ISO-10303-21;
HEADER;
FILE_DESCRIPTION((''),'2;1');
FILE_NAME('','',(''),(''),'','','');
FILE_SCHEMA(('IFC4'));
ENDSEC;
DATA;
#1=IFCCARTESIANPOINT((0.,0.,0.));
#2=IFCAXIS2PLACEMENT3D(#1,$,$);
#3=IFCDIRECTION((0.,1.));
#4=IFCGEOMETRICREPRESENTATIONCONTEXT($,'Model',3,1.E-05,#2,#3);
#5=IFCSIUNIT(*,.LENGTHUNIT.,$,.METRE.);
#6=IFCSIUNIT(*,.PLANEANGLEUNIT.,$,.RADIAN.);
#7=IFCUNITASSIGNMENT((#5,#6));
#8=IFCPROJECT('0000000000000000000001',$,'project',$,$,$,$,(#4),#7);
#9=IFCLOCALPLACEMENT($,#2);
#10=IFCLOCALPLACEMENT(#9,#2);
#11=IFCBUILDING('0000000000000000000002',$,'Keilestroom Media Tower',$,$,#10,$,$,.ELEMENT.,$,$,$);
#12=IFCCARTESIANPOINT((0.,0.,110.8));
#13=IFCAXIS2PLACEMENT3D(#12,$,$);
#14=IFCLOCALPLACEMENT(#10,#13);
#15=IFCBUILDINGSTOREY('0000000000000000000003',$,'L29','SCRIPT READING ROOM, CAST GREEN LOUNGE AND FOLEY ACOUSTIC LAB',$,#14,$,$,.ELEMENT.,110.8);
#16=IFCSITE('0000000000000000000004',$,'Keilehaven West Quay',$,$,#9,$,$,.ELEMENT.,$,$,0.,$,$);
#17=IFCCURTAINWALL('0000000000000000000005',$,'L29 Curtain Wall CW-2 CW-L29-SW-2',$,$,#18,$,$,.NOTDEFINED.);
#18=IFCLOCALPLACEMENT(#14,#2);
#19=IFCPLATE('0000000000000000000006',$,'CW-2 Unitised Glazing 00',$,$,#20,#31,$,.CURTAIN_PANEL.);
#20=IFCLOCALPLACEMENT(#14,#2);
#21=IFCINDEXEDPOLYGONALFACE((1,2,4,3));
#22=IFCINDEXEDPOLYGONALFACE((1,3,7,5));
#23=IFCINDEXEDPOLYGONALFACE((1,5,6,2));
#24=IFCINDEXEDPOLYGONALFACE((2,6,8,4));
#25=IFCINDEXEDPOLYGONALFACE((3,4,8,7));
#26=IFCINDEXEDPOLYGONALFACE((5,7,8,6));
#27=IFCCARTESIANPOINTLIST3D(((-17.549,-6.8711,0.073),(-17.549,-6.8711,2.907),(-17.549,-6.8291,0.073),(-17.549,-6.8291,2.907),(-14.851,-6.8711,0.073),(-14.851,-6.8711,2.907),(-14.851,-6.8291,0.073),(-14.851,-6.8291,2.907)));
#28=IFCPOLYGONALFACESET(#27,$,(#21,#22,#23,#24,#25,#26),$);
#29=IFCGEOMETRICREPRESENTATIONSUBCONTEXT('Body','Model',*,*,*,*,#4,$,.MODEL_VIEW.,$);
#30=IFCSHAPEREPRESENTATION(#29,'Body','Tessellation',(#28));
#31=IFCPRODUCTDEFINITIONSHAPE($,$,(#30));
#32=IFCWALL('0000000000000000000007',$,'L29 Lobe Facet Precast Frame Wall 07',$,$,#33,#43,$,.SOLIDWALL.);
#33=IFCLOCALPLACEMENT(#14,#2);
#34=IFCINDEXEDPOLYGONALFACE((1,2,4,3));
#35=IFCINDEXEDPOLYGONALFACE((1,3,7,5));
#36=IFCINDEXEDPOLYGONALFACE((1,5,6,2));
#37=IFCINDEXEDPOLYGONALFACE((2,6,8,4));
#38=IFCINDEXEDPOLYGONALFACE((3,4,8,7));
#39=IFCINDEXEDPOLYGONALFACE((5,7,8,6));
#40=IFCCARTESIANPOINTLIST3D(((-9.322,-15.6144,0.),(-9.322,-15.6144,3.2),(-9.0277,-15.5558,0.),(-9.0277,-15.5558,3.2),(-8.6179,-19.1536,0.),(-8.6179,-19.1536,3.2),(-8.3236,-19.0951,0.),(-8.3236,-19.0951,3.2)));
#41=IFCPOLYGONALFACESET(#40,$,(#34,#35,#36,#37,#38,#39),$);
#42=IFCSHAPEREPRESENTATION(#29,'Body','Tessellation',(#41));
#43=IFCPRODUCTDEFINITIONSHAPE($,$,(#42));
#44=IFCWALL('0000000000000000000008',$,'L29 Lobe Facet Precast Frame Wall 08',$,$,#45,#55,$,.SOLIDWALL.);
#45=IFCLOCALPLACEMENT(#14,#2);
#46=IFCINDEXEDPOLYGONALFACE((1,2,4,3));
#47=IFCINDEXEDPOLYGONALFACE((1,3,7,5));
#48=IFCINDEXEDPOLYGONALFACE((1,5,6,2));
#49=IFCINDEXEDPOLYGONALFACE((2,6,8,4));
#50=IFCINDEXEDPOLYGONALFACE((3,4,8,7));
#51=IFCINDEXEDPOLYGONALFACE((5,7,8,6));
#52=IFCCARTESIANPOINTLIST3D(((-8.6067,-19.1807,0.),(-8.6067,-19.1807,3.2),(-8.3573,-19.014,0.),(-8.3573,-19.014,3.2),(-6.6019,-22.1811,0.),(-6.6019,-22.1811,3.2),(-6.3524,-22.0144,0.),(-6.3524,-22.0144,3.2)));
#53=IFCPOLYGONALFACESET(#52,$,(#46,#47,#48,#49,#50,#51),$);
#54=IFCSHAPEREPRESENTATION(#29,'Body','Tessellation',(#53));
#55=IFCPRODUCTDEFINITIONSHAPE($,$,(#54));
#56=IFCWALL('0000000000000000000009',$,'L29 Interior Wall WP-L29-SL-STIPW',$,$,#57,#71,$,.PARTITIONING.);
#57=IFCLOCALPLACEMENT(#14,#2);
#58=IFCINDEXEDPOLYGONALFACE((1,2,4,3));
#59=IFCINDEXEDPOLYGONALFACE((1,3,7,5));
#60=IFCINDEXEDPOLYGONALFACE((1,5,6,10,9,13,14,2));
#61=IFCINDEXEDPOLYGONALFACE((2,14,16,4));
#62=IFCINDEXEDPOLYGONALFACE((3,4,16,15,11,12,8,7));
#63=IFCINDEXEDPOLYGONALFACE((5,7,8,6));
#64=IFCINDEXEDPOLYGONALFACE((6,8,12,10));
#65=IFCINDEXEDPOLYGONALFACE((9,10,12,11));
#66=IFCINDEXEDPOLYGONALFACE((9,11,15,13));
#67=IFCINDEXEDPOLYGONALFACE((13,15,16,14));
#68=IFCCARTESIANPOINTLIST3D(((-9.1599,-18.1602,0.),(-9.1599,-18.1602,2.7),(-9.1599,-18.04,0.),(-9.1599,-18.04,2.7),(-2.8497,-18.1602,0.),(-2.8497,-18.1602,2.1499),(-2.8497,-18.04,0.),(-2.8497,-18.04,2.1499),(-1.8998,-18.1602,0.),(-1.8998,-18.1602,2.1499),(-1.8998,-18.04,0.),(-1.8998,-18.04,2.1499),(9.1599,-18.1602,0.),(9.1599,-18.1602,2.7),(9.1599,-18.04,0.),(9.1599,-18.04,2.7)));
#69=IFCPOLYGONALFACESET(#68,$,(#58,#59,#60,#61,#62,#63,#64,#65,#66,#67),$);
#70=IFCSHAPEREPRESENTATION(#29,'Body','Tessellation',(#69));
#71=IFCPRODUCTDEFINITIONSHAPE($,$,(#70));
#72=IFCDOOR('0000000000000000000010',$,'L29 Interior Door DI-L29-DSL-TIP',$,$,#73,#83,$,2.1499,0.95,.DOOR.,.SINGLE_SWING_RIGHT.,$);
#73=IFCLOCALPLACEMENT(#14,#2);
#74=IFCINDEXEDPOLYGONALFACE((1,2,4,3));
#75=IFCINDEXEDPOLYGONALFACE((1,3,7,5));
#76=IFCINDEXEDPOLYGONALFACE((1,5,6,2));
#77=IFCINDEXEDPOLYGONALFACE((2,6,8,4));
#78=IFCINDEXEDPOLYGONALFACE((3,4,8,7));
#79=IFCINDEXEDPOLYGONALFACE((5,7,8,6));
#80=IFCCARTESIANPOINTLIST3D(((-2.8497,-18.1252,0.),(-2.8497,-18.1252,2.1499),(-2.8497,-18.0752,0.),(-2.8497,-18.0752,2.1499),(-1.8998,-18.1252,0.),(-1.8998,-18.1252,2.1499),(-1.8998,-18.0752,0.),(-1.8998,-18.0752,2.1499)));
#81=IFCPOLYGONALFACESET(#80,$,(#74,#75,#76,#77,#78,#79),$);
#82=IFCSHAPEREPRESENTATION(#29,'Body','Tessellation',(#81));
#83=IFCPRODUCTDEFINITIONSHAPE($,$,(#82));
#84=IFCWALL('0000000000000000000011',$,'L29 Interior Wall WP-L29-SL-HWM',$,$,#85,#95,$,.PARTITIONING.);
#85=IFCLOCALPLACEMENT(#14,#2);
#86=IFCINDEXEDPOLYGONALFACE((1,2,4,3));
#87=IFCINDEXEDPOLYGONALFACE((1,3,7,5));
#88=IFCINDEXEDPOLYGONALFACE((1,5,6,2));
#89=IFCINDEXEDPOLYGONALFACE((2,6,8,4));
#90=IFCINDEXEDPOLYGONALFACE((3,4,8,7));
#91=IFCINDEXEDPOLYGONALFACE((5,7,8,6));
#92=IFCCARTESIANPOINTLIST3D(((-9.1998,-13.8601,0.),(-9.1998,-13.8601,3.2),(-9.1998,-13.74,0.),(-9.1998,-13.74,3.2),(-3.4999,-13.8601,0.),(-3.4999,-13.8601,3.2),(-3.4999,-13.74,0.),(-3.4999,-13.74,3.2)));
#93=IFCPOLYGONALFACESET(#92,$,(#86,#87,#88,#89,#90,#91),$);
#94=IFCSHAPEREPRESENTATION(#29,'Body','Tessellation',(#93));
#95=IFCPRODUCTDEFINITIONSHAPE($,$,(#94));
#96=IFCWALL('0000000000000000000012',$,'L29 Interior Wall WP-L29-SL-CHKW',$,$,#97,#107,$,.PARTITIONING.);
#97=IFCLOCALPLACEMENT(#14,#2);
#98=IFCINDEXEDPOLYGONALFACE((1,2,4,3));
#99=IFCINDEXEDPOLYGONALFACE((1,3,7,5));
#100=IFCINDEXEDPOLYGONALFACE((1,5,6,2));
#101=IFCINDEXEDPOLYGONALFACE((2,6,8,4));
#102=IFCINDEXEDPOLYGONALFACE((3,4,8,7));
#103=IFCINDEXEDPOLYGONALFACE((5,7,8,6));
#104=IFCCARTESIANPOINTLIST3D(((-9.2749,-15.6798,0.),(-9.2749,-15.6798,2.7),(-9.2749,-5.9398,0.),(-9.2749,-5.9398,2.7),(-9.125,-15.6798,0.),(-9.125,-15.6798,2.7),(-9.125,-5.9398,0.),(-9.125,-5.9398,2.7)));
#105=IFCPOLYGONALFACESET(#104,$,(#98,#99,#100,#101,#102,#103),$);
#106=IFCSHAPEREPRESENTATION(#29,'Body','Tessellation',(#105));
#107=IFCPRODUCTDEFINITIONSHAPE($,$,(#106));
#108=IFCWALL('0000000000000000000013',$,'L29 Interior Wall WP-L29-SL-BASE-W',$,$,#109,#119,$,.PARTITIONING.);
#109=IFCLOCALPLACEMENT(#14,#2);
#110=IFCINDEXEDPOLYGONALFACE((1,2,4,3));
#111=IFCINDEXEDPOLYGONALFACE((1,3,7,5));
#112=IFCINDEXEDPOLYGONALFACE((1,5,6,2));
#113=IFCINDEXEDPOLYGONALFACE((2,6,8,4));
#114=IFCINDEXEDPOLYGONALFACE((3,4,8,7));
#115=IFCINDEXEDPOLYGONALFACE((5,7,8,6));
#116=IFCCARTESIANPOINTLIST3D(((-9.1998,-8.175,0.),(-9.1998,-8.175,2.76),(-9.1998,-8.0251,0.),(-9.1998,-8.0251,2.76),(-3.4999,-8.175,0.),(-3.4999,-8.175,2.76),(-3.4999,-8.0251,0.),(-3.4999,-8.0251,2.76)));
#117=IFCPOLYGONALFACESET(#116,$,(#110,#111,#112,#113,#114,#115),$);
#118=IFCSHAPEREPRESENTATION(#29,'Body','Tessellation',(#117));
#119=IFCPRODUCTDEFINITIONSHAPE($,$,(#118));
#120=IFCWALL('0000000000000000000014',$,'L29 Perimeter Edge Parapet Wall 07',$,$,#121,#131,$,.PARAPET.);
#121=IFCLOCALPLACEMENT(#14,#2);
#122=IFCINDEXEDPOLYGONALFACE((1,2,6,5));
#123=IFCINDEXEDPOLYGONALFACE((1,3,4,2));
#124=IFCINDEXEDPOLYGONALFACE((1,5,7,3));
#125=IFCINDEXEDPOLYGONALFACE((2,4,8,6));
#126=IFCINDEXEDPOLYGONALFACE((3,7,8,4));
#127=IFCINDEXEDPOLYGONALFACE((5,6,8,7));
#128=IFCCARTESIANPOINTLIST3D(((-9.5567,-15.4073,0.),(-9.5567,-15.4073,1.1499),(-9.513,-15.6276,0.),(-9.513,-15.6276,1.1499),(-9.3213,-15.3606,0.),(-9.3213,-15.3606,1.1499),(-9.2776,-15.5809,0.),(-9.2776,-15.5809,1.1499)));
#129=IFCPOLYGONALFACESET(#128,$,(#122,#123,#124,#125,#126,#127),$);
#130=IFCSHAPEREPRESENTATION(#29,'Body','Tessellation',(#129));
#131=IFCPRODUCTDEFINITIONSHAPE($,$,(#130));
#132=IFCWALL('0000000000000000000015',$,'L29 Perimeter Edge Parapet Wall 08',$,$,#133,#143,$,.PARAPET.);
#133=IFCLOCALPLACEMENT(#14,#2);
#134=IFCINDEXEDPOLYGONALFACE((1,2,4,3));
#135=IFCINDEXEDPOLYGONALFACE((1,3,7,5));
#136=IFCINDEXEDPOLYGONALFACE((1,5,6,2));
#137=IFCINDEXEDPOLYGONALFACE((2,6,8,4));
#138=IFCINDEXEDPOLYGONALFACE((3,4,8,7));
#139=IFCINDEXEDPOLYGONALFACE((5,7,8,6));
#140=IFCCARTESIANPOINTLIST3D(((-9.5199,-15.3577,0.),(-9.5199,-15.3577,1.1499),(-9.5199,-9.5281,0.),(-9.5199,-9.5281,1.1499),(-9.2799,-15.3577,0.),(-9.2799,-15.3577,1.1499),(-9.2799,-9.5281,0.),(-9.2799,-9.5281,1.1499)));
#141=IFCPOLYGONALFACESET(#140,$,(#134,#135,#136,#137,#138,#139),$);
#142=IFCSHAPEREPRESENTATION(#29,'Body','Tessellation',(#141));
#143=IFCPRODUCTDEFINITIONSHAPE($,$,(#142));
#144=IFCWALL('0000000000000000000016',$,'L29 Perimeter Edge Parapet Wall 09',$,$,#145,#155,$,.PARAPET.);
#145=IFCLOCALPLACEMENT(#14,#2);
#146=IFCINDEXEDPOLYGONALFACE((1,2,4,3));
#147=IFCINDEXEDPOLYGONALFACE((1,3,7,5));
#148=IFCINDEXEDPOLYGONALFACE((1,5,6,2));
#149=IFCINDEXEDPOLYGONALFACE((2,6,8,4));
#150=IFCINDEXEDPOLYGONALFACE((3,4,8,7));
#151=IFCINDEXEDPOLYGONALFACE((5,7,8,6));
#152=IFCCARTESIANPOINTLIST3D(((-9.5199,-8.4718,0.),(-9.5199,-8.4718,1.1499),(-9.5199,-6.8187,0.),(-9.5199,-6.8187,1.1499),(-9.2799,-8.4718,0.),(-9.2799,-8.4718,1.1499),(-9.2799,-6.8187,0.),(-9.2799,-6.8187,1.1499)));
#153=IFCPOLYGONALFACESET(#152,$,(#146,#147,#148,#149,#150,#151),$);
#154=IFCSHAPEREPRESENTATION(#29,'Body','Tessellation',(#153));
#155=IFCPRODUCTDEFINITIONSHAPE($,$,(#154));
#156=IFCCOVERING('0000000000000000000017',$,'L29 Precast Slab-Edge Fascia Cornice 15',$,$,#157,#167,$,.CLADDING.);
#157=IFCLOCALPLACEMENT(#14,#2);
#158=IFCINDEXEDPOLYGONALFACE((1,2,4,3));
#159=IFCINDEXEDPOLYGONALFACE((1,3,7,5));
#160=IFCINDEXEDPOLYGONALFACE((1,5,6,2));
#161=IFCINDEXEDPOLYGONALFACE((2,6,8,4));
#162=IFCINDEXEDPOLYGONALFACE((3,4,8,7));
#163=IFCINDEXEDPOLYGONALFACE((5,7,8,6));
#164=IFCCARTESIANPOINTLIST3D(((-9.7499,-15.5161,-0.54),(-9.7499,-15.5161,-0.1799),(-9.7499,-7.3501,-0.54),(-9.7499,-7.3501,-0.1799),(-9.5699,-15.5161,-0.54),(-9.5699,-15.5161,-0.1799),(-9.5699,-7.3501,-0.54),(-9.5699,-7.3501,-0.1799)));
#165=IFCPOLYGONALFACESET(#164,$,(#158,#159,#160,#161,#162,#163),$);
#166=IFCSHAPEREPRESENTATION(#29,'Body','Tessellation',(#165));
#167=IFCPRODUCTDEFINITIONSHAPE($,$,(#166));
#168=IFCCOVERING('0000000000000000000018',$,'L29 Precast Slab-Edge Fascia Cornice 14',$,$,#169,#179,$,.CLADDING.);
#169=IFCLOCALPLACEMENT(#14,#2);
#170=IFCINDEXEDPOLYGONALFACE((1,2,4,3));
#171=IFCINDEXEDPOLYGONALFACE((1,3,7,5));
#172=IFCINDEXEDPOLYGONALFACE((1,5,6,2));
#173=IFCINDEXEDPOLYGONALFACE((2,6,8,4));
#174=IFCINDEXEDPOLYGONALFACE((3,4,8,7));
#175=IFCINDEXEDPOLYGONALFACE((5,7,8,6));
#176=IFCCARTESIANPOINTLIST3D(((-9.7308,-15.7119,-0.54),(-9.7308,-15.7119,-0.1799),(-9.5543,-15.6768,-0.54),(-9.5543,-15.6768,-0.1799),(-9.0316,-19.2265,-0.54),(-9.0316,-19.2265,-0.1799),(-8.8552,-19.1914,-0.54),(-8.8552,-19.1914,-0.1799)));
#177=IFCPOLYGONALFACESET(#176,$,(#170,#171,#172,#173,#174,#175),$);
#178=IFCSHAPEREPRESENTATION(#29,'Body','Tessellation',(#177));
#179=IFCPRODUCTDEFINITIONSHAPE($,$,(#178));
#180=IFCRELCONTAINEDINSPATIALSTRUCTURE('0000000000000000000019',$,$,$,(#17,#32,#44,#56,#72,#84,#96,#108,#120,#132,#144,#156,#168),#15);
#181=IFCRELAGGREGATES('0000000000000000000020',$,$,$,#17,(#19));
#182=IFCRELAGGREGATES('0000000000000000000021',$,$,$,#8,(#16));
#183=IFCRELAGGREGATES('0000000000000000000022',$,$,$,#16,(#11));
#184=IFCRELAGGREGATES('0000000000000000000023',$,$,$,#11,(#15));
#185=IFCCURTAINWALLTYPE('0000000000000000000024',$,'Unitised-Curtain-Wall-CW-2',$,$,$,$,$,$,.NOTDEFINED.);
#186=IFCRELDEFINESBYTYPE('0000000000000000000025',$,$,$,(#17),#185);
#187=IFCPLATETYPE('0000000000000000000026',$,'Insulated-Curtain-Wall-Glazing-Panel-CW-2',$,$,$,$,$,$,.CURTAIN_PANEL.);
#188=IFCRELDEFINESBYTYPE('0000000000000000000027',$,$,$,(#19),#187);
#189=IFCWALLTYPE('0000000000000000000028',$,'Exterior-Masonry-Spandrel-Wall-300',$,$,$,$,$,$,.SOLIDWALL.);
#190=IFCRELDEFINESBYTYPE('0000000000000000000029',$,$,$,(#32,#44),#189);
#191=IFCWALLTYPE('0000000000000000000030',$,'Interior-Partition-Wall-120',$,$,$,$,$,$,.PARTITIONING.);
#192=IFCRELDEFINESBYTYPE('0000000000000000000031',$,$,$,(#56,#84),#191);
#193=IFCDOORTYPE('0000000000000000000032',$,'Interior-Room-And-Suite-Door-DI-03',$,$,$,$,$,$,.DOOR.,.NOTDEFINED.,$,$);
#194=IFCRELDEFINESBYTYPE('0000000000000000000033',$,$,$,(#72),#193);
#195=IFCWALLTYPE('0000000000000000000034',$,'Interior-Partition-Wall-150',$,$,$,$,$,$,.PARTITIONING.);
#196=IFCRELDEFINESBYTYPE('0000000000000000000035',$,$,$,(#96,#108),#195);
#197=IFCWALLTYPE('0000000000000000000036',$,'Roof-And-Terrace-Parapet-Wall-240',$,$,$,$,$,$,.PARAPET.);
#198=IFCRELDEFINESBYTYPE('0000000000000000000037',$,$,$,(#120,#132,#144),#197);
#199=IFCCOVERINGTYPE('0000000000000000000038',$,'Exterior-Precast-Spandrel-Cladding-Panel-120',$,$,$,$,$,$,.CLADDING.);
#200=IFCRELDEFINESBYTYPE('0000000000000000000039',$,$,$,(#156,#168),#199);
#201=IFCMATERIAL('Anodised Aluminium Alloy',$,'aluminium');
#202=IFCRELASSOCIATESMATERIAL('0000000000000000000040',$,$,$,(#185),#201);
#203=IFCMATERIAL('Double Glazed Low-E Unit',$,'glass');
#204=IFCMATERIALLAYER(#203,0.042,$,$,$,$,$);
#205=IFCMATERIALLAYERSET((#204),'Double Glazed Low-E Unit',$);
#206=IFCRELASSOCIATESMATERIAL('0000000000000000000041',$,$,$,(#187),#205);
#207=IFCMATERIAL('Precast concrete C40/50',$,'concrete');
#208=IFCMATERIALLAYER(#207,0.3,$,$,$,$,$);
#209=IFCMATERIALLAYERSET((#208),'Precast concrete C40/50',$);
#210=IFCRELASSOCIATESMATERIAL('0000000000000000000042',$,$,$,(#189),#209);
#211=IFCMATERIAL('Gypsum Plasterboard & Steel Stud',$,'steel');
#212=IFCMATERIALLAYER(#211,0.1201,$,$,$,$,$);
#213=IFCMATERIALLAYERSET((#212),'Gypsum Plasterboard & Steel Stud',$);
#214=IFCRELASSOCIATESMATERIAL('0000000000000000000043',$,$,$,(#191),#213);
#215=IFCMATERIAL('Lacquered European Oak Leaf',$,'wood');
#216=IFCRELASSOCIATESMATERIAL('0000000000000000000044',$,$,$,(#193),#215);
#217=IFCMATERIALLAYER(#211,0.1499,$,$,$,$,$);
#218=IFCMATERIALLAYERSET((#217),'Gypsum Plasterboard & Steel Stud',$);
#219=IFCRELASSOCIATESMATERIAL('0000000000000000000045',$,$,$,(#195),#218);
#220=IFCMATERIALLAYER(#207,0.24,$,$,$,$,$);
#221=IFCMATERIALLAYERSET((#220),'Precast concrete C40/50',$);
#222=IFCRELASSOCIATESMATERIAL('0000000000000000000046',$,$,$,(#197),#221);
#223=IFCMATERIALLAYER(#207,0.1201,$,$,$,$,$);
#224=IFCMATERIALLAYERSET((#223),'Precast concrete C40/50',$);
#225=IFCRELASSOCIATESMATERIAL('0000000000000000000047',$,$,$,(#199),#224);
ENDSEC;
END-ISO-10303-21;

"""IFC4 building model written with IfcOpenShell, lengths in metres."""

from ifc_helpers import new_model, si_unit, direction, frame, frame_2d, origin, origin_2d, place, context, subcontext, project, spatial, rectangle, extrude, source, transform, mapped, material, layer, layer_set, type_object, element, fill, aggregate, save


model = new_model("IFC4")

# Units and contexts
model_context = context("Model", 3, precision=1e-05, world=origin(), true_north=direction((0.0, 1.0)))
body_context = subcontext(model_context, "Body", "Model", "MODEL_VIEW")
ifc_project = project(units=[si_unit("LENGTHUNIT", "METRE"), si_unit("PLANEANGLEUNIT", "RADIAN")], contexts=[model_context])

# Site, building, storey
site_placement = place(None, origin())
site = spatial("IfcSite", under=ifc_project, at=site_placement, Name="Keilehaven West Quay", CompositionType="ELEMENT", RefElevation=0.0)
building_placement = place(site_placement, origin())
building = spatial("IfcBuilding", under=site, at=building_placement, Name="Keilestroom Media Tower", CompositionType="ELEMENT")
storey_placement = place(building_placement, frame((0.0, 0.0, 110.8)))
storey = spatial("IfcBuildingStorey", under=building, at=storey_placement, Name="L29", Description="SCRIPT READING ROOM, CAST GREEN LOUNGE AND FOLEY ACOUSTIC LAB", CompositionType="ELEMENT", Elevation=110.8)

# Shared definitions
ifc_material_1 = material(Name="Precast concrete C40/50", Category="concrete")

# Shared definitions
ifc_material_2 = material(Name="Anodised Aluminium Alloy", Category="aluminium")
curtain_wall_type = type_object("IfcCurtainWallType", Name="Unitised-Curtain-Wall-CW-2", PredefinedType="NOTDEFINED", material=ifc_material_2)

# Curtain wall
curtain_wall_1_placement = place(storey_placement, origin())
curtain_wall_1 = element("IfcCurtainWall", 1, at=curtain_wall_1_placement, inside=storey, type_object=curtain_wall_type, Name="L29 Curtain Wall CW-2 CW-L29-SW-2", PredefinedType="NOTDEFINED")

# Plate
ifc_material_3 = material(Name="Double Glazed Low-E Unit", Category="glass")
ifc_layer_1 = layer(ifc_material_3, 0.042)
ifc_layer_set_1 = layer_set([ifc_layer_1], Name="Double Glazed Low-E Unit")
plate_type = type_object("IfcPlateType", Name="Insulated-Curtain-Wall-Glazing-Panel-CW-2", PredefinedType="CURTAIN_PANEL", material=ifc_layer_set_1)
shared_shape_1 = source(origin(), body_context, "Body", "SweptSolid", [
    extrude(rectangle(XDim=2.698, YDim=0.042, at=origin_2d()), origin(), (0.0, 0.0, 1.0), 2.834),
])
plate_1_placement = place(storey_placement, frame((-16.2, -6.8501, 0.073), z_axis=(0.0, 0.0, 1.0), x_axis=(1.0, 0.0, 0.0)))
plate_1 = element("IfcPlate", 2, at=plate_1_placement, type_object=plate_type, Name="CW-2 Unitised Glazing 00", PredefinedType="CURTAIN_PANEL", context=body_context, shape_type="MappedRepresentation", body=[
    mapped(shared_shape_1, transform((0.0, 0.0, 0.0), x_axis=(1.0, 0.0, 0.0), y_axis=(0.0, 1.0, 0.0), z_axis=(0.0, 0.0, 1.0), scale=1.0)),
])
aggregate(curtain_wall_1, [plate_1])

# Walls
ifc_layer_2 = layer(ifc_material_1, 0.3)
ifc_layer_set_2 = layer_set([ifc_layer_2], Name="Precast concrete C40/50")
wall_type_1 = type_object("IfcWallType", Name="Exterior-Masonry-Spandrel-Wall-300", PredefinedType="SOLIDWALL", material=ifc_layer_set_2)
for number, where, z_axis, x_axis, name in (
    (3, (-9.1748, -15.5852, 0.0), (0.0, 0.0, 1.0), (0.195114, -0.980781, 0.0), "L29 Lobe Facet Precast Frame Wall 07"),
    (4, (-8.4819, -19.0974, 0.0), (0.0, 0.0, 1.0), (0.555574, -0.831467, 0.0), "L29 Lobe Facet Precast Frame Wall 08"),
):
    element("IfcWall", number, at=place(storey_placement, frame(where, z_axis=z_axis, x_axis=x_axis)), inside=storey, type_object=wall_type_1, Name=name, PredefinedType="SOLIDWALL", context=body_context, shape_type="SweptSolid", body=[
        extrude(rectangle(XDim=3.6086, YDim=0.3, at=frame_2d((1.8042, 0.0))), origin(), (0.0, 0.0, 1.0), 3.2),
    ])

# Wall, opening, door
ifc_material_4 = material(Name="Gypsum Plasterboard & Steel Stud", Category="steel")
ifc_layer_3 = layer(ifc_material_4, 0.1201)
ifc_layer_set_3 = layer_set([ifc_layer_3], Name="Gypsum Plasterboard & Steel Stud")
wall_type_2 = type_object("IfcWallType", Name="Interior-Partition-Wall-120", PredefinedType="PARTITIONING", material=ifc_layer_set_3)
wall_1_placement = place(storey_placement, frame((-9.1599, -18.1001, 0.0), z_axis=(0.0, 0.0, 1.0), x_axis=(1.0, 0.0, 0.0)))
wall_1 = element("IfcWall", 5, at=wall_1_placement, inside=storey, type_object=wall_type_2, Name="L29 Interior Wall WP-L29-SL-STIPW", PredefinedType="PARTITIONING", context=body_context, shape_type="SweptSolid", body=[
    extrude(rectangle(XDim=18.3198, YDim=0.1201, at=frame_2d((9.1599, 0.0))), origin(), (0.0, 0.0, 1.0), 2.7),
])
opening_placement = place(wall_1_placement, frame((6.3101, 0.0, 0.0)))
opening = element("IfcOpeningElement", 6, at=opening_placement, cuts=wall_1, PredefinedType="OPENING", context=body_context, shape_type="SweptSolid", body=[
    extrude(rectangle(XDim=0.95, YDim=2.1499, at=frame_2d((0.4751, 1.075))), frame((0.0, 0.0701, 0.0), z_axis=(0.0, -1.0, 0.0), x_axis=(1.0, 0.0, 0.0)), (0.0, 0.0, 1.0), 0.1401),
])
ifc_material_5 = material(Name="Lacquered European Oak Leaf", Category="wood")
door_type = type_object("IfcDoorType", Name="Interior-Room-And-Suite-Door-DI-03", OperationType="NOTDEFINED", PredefinedType="DOOR", material=ifc_material_5)
shared_shape_2 = source(origin(), body_context, "Body", "SweptSolid", [
    extrude(rectangle(XDim=0.95, YDim=2.1499, at=frame_2d((0.4751, 1.075))), frame((0.0, 0.0249, 0.0), z_axis=(0.0, -1.0, 0.0), x_axis=(1.0, 0.0, 0.0)), (0.0, 0.0, 1.0), 0.05),
])
door_placement = place(opening_placement, origin())
door = element("IfcDoor", 7, at=door_placement, inside=storey, type_object=door_type, Name="L29 Interior Door DI-L29-DSL-TIP", OperationType="SINGLE_SWING_RIGHT", OverallHeight=2.1499, OverallWidth=0.95, PredefinedType="DOOR", context=body_context, shape_type="MappedRepresentation", body=[
    mapped(shared_shape_2, transform((0.0, 0.0, 0.0), x_axis=(1.0, 0.0, 0.0), y_axis=(0.0, 1.0, 0.0), z_axis=(0.0, 0.0, 1.0), scale=1.0)),
])
fill(opening, door)

# Walls
wall_2_placement = place(storey_placement, frame((-9.2, -13.8, 0.0), z_axis=(0.0, 0.0, 1.0), x_axis=(1.0, 0.0, 0.0)))
element("IfcWall", 8, at=wall_2_placement, inside=storey, type_object=wall_type_2, Name="L29 Interior Wall WP-L29-SL-HWM", PredefinedType="PARTITIONING", context=body_context, shape_type="SweptSolid", body=[
    extrude(rectangle(XDim=5.7, YDim=0.1201, at=frame_2d((2.8501, 0.0))), origin(), (0.0, 0.0, 1.0), 3.2),
])
ifc_layer_4 = layer(ifc_material_4, 0.1499)
ifc_layer_set_4 = layer_set([ifc_layer_4], Name="Gypsum Plasterboard & Steel Stud")
wall_type_3 = type_object("IfcWallType", Name="Interior-Partition-Wall-150", PredefinedType="PARTITIONING", material=ifc_layer_set_4)
wall_3_placement = place(storey_placement, frame((-9.2, -15.6799, 0.0), z_axis=(0.0, 0.0, 1.0), x_axis=(0.0, 1.0, 0.0)))
element("IfcWall", 9, at=wall_3_placement, inside=storey, type_object=wall_type_3, Name="L29 Interior Wall WP-L29-SL-CHKW", PredefinedType="PARTITIONING", context=body_context, shape_type="SweptSolid", body=[
    extrude(rectangle(XDim=9.74, YDim=0.1499, at=frame_2d((4.8701, 0.0))), origin(), (0.0, 0.0, 1.0), 2.7),
])
wall_4_placement = place(storey_placement, frame((-9.2, -8.1001, 0.0), z_axis=(0.0, 0.0, 1.0), x_axis=(1.0, 0.0, 0.0)))
element("IfcWall", 10, at=wall_4_placement, inside=storey, type_object=wall_type_3, Name="L29 Interior Wall WP-L29-SL-BASE-W", PredefinedType="PARTITIONING", context=body_context, shape_type="SweptSolid", body=[
    extrude(rectangle(XDim=5.7, YDim=0.1499, at=frame_2d((2.8501, 0.0))), origin(), (0.0, 0.0, 1.0), 2.76),
])
ifc_layer_5 = layer(ifc_material_1, 0.24)
ifc_layer_set_5 = layer_set([ifc_layer_5], Name="Precast concrete C40/50")
wall_type_4 = type_object("IfcWallType", Name="Roof-And-Terrace-Parapet-Wall-240", PredefinedType="PARAPET", material=ifc_layer_set_5)
wall_5_placement = place(storey_placement, frame((-9.3953, -15.6042, 0.0), z_axis=(0.0, 0.0, 1.0), x_axis=(-0.194652, 0.980872, 0.0)))
element("IfcWall", 11, at=wall_5_placement, inside=storey, type_object=wall_type_4, Name="L29 Perimeter Edge Parapet Wall 07", PredefinedType="PARAPET", context=body_context, shape_type="SweptSolid", body=[
    extrude(rectangle(XDim=0.2246, YDim=0.24, at=frame_2d((0.1123, 0.0))), origin(), (0.0, 0.0, 1.0), 1.1499),
])
wall_6_placement = place(storey_placement, frame((-9.3999, -15.3577, 0.0), z_axis=(0.0, 0.0, 1.0), x_axis=(0.0, 1.0, 0.0)))
element("IfcWall", 12, at=wall_6_placement, inside=storey, type_object=wall_type_4, Name="L29 Perimeter Edge Parapet Wall 08", PredefinedType="PARAPET", context=body_context, shape_type="SweptSolid", body=[
    extrude(rectangle(XDim=5.8296, YDim=0.24, at=frame_2d((2.9148, 0.0))), origin(), (0.0, 0.0, 1.0), 1.1499),
])
wall_7_placement = place(storey_placement, frame((-9.3999, -8.4719, 0.0), z_axis=(0.0, 0.0, 1.0), x_axis=(0.0, 1.0, 0.0)))
element("IfcWall", 13, at=wall_7_placement, inside=storey, type_object=wall_type_4, Name="L29 Perimeter Edge Parapet Wall 09", PredefinedType="PARAPET", context=body_context, shape_type="SweptSolid", body=[
    extrude(rectangle(XDim=1.6531, YDim=0.24, at=frame_2d((0.8267, 0.0))), origin(), (0.0, 0.0, 1.0), 1.1499),
])

# Coverings
ifc_layer_6 = layer(ifc_material_1, 0.1201)
ifc_layer_set_6 = layer_set([ifc_layer_6], Name="Precast concrete C40/50")
covering_type = type_object("IfcCoveringType", Name="Exterior-Precast-Spandrel-Cladding-Panel-120", PredefinedType="CLADDING", material=ifc_layer_set_6)
shared_shape_3 = source(origin(), body_context, "Body", "SweptSolid", [
    extrude(rectangle(XDim=8.166, YDim=0.1799, at=origin_2d()), origin(), (0.0, 0.0, 1.0), 0.3601),
])
covering_1_placement = place(storey_placement, frame((-9.6599, -11.4331, -0.54), z_axis=(0.0, 0.0, 1.0), x_axis=(0.0, 1.0, 0.0)))
element("IfcCovering", 14, at=covering_1_placement, inside=storey, type_object=covering_type, Name="L29 Precast Slab-Edge Fascia Cornice 15", PredefinedType="CLADDING", context=body_context, shape_type="MappedRepresentation", body=[
    mapped(shared_shape_3, transform((0.0, 0.0, 0.0), x_axis=(1.0, 0.0, 0.0), y_axis=(0.0, 1.0, 0.0), z_axis=(0.0, 0.0, 1.0), scale=1.0)),
])
shared_shape_4 = source(origin(), body_context, "Body", "SweptSolid", [
    extrude(rectangle(XDim=3.5835, YDim=0.1799, at=origin_2d()), origin(), (0.0, 0.0, 1.0), 0.3601),
])
covering_2_placement = place(storey_placement, frame((-9.293, -17.4517, -0.54), z_axis=(0.0, 0.0, 1.0), x_axis=(-0.195099, 0.980784, 0.0)))
element("IfcCovering", 15, at=covering_2_placement, inside=storey, type_object=covering_type, Name="L29 Precast Slab-Edge Fascia Cornice 14", PredefinedType="CLADDING", context=body_context, shape_type="MappedRepresentation", body=[
    mapped(shared_shape_4, transform((0.0, 0.0, 0.0), x_axis=(1.0, 0.0, 0.0), y_axis=(0.0, 1.0, 0.0), z_axis=(0.0, 0.0, 1.0), scale=1.0)),
])

save(model, "model.ifc")
